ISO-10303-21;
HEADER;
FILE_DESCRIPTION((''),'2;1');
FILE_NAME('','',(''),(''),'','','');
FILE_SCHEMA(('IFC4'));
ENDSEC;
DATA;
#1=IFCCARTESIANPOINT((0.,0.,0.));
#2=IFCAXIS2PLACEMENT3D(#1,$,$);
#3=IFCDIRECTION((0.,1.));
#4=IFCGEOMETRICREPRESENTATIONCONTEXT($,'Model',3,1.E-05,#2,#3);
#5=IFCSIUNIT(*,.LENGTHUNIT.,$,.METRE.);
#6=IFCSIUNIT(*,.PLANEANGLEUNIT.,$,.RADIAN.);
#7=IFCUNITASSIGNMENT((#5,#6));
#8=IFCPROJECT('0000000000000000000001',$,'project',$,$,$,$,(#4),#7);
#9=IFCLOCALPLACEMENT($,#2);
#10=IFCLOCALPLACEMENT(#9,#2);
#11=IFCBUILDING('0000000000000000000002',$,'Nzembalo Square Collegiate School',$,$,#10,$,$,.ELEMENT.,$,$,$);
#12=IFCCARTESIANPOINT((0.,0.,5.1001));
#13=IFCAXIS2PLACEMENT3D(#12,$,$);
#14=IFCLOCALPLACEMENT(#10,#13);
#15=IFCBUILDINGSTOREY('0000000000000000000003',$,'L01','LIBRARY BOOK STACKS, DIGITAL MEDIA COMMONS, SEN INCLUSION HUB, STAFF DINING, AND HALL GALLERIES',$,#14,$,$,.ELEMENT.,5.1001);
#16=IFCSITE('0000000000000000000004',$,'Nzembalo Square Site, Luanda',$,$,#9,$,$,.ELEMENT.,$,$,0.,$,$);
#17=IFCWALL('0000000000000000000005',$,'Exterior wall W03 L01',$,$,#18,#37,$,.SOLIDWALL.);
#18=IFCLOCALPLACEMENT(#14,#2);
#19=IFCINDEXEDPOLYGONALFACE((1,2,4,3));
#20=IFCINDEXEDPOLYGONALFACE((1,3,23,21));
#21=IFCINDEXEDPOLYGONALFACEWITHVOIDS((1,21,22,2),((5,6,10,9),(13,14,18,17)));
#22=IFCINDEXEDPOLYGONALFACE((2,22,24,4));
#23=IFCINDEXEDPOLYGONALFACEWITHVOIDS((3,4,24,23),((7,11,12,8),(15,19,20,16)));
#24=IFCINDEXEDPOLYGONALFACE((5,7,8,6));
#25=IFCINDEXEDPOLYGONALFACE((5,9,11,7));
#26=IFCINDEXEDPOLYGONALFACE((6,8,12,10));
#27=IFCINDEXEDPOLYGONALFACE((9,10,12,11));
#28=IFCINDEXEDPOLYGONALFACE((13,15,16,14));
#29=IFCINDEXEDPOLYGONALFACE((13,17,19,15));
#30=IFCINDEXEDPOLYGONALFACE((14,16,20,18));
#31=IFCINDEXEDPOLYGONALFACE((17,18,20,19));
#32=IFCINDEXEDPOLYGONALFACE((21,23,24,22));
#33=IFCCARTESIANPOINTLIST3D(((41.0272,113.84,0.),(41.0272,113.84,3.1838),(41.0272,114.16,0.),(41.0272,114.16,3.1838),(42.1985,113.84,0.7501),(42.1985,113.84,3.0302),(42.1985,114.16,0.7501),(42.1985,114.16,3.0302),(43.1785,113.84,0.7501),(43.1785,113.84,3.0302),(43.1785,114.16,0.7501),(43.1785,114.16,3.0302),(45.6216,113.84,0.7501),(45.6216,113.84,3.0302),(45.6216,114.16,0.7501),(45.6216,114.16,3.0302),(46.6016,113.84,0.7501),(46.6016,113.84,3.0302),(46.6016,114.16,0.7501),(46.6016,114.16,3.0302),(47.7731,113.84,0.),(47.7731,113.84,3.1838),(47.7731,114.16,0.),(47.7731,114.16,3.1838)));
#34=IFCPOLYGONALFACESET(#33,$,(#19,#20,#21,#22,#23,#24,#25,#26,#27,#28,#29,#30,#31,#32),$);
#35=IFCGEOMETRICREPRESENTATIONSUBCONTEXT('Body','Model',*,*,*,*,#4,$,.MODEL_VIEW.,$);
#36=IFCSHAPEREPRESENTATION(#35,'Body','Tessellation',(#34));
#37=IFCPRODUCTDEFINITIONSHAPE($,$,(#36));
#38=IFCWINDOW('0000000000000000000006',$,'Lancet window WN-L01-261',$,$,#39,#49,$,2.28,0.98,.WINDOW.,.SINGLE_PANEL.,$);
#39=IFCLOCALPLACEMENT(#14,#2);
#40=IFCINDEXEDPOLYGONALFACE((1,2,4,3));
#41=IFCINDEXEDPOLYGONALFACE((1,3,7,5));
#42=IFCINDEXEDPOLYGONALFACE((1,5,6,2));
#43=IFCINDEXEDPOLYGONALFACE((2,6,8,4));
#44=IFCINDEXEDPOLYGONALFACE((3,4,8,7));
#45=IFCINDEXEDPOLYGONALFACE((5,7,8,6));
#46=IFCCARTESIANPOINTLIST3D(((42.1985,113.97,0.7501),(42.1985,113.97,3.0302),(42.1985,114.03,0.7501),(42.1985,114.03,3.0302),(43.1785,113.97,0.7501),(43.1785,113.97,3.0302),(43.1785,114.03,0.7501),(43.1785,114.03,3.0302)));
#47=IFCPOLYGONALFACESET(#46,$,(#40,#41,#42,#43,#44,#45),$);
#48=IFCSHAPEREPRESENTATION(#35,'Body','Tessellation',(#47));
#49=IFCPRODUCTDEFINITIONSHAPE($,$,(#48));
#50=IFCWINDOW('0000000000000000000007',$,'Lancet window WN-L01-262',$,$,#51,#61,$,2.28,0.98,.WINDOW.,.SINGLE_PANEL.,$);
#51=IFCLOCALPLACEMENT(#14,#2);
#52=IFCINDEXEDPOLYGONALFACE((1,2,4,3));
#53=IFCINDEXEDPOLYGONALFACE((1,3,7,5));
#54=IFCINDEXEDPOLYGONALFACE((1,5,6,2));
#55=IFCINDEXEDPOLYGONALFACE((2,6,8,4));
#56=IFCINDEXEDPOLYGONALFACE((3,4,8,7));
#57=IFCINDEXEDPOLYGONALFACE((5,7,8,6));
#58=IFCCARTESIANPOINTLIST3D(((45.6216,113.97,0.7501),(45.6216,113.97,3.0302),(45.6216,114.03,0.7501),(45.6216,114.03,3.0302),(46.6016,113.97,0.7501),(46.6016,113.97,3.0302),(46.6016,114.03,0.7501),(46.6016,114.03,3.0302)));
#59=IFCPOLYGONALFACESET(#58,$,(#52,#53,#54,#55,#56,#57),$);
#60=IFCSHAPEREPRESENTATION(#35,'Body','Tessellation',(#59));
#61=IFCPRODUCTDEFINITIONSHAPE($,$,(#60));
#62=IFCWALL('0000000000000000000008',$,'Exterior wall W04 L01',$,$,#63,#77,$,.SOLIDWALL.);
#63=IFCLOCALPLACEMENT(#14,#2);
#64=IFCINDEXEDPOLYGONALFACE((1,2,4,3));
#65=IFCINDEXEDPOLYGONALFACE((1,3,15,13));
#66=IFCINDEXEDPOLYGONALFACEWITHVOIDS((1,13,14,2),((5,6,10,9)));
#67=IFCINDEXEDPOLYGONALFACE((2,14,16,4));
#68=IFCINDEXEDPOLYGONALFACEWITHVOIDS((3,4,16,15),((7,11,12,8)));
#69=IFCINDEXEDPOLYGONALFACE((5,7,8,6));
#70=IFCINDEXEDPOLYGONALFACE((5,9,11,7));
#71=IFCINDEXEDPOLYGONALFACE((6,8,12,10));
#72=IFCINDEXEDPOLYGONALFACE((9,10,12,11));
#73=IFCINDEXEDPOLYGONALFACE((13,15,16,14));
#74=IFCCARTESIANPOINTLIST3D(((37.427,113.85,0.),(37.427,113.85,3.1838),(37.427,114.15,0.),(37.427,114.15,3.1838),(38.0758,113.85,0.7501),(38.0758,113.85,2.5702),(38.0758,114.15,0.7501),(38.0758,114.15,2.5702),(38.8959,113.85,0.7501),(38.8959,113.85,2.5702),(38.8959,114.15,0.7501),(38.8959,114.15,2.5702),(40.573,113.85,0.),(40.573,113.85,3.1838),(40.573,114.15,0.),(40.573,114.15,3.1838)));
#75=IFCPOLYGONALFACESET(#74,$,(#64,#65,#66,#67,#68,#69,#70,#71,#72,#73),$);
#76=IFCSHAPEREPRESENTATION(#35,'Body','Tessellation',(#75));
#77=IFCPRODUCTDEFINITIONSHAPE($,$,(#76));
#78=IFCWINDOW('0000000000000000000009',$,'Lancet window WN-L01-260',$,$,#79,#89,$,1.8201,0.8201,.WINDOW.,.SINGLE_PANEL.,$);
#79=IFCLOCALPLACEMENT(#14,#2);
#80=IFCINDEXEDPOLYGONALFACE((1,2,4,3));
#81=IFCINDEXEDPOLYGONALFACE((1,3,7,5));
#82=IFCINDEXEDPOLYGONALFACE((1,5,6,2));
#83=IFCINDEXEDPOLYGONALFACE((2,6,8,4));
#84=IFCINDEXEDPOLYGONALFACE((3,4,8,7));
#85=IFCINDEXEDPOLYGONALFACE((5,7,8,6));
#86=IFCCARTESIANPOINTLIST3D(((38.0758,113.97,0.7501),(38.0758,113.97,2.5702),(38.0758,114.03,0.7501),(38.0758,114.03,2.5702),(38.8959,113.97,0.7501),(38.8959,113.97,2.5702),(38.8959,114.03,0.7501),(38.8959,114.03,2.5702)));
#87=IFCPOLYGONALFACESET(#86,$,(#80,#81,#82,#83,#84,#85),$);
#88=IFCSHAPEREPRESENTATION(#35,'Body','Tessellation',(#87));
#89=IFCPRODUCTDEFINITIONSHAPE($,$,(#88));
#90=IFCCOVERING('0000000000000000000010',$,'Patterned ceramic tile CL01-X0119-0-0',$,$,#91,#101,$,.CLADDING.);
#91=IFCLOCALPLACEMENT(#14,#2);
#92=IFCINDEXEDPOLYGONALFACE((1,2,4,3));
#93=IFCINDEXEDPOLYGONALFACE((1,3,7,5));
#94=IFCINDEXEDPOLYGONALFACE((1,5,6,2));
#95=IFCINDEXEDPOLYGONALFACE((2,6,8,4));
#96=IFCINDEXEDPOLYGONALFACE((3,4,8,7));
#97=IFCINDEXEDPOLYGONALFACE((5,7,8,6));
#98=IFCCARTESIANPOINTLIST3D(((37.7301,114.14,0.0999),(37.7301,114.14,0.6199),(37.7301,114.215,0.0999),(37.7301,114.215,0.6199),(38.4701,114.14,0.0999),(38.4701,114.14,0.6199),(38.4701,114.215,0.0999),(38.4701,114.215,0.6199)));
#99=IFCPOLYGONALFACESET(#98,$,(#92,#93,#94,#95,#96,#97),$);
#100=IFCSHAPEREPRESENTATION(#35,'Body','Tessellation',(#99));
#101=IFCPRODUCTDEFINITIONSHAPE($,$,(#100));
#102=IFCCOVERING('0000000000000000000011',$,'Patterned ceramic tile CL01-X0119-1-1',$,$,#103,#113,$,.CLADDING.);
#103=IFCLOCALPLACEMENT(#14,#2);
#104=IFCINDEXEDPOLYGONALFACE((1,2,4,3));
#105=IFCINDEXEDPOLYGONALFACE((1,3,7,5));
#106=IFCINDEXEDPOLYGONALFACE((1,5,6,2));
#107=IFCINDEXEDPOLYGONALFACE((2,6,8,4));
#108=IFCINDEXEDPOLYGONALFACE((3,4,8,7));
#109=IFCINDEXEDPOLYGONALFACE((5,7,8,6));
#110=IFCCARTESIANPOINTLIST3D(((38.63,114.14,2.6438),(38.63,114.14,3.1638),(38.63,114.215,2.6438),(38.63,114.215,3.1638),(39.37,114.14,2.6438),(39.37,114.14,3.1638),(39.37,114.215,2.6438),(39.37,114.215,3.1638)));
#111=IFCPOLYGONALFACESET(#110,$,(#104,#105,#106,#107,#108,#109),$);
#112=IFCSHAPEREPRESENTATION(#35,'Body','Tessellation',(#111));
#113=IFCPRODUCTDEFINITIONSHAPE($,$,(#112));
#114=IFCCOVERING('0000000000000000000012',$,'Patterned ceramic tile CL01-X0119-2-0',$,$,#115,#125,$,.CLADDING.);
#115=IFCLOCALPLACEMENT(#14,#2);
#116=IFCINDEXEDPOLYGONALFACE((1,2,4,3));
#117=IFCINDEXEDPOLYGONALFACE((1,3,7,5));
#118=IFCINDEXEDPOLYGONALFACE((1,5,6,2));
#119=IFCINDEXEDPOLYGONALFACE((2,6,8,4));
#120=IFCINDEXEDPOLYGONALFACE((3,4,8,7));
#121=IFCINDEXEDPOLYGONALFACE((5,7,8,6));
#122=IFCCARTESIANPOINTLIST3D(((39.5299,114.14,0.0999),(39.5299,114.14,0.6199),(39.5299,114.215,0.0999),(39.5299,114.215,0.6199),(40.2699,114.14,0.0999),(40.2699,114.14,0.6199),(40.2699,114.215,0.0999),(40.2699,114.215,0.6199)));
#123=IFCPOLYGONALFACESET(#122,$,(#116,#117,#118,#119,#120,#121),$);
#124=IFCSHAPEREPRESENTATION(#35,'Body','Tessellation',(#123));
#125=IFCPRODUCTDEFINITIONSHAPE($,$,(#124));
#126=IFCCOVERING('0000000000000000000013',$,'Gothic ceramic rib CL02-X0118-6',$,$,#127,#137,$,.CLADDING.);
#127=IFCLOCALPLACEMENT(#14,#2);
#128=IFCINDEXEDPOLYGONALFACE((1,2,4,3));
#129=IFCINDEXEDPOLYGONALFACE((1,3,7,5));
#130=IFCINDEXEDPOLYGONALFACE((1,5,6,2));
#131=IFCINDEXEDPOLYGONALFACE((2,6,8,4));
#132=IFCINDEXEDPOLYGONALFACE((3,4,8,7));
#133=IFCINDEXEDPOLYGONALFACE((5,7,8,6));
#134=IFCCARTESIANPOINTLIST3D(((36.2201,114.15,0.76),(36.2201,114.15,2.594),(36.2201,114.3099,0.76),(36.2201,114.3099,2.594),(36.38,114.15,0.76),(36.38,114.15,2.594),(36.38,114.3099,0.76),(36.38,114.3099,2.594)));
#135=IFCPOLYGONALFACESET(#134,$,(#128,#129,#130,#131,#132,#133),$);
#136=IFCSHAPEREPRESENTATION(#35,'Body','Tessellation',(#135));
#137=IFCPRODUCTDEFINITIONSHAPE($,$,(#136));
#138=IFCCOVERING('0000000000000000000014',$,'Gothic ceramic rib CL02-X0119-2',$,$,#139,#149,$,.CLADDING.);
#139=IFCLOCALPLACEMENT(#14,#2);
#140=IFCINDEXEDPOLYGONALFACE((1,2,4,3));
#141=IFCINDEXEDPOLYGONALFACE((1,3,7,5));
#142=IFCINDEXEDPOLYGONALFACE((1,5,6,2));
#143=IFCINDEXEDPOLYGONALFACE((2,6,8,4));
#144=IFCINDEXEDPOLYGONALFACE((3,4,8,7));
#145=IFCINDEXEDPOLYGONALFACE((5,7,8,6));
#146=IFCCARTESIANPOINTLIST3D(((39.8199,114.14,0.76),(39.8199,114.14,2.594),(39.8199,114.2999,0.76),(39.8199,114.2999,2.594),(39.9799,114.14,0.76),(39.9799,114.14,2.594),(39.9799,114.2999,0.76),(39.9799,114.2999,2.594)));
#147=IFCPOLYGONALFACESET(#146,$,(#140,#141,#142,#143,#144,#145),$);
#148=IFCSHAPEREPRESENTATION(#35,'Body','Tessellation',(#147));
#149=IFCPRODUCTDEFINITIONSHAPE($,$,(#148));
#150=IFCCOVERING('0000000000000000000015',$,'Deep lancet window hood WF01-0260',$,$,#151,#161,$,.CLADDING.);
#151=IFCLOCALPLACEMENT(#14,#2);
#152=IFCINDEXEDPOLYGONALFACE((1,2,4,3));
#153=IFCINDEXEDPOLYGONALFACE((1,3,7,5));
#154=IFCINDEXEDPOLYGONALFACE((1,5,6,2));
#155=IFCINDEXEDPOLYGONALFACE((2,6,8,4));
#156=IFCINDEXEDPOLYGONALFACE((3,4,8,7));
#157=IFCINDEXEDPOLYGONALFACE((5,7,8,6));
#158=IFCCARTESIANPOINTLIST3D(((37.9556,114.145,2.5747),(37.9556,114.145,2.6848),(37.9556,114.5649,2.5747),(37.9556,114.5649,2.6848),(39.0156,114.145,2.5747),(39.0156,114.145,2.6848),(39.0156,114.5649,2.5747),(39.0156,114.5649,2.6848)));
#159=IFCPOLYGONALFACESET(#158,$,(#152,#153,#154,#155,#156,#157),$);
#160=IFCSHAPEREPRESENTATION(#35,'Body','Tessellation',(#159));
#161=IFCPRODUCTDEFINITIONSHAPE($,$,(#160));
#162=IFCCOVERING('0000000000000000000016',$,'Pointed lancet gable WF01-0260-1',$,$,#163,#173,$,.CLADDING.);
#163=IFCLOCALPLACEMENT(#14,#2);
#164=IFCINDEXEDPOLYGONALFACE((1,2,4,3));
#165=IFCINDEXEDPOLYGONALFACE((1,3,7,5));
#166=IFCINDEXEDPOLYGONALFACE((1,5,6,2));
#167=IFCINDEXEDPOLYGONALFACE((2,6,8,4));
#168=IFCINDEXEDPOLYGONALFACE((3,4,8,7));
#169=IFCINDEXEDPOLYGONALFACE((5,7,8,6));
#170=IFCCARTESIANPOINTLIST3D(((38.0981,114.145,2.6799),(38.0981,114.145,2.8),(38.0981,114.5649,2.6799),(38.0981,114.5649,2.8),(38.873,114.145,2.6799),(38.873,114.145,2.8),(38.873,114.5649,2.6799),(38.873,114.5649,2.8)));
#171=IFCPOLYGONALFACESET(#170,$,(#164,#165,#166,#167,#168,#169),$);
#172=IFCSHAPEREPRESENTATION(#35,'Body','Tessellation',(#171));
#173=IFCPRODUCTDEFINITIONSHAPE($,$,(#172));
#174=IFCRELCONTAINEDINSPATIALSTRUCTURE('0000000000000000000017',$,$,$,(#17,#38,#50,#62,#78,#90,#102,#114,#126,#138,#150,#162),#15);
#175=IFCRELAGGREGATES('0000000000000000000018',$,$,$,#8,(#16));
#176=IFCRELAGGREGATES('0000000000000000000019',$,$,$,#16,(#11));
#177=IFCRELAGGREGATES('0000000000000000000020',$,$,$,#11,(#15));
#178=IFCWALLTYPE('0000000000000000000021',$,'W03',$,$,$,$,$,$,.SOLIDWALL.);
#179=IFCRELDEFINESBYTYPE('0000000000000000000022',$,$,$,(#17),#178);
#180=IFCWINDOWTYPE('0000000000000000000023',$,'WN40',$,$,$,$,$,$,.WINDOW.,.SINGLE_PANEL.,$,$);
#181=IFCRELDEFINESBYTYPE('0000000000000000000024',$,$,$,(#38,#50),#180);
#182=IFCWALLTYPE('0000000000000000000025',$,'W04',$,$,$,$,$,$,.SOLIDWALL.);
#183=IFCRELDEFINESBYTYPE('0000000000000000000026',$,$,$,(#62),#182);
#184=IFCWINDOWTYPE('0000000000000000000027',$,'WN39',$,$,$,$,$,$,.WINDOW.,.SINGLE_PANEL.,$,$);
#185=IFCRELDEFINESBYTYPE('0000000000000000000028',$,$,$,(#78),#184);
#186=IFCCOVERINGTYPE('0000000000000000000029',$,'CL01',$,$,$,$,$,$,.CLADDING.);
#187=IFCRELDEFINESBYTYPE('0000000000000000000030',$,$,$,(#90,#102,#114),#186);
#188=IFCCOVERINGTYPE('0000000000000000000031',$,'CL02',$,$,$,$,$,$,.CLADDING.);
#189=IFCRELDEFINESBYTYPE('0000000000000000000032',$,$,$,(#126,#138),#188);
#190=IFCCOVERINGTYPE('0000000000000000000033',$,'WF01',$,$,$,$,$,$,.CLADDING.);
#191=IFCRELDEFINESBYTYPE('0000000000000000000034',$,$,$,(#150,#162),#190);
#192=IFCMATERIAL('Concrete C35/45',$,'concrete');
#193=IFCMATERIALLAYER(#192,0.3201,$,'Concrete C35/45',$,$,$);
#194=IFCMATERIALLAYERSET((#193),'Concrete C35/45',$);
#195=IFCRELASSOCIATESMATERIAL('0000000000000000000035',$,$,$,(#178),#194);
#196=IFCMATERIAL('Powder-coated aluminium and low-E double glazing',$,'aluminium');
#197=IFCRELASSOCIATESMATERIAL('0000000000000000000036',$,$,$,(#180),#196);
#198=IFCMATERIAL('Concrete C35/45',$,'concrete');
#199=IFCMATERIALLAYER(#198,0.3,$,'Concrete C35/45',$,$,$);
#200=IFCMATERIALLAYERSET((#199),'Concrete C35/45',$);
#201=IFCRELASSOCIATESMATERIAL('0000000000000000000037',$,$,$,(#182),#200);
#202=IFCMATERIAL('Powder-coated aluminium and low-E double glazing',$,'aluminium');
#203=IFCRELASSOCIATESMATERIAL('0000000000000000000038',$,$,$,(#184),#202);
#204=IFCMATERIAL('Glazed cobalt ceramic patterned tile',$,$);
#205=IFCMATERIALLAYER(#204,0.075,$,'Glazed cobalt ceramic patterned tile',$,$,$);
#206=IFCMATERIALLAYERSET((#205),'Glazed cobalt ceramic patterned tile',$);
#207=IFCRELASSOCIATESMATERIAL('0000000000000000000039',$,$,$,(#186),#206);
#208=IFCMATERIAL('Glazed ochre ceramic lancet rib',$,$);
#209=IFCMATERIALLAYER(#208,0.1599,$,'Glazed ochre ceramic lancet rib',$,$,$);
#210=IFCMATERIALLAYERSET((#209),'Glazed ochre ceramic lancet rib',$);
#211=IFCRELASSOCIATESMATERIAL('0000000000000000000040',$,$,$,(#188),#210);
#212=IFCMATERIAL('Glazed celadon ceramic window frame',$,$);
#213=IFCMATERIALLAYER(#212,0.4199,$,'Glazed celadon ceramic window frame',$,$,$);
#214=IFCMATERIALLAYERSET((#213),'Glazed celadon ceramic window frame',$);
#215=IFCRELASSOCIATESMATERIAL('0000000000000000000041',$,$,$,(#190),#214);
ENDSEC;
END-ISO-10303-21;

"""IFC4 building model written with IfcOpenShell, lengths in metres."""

from ifc_helpers import new_model, si_unit, direction, frame, frame_2d, origin, origin_2d, place, context, subcontext, project, spatial, rectangle, extrude, material, layer, layer_set, type_object, element, fill, save


model = new_model("IFC4")

# Units and contexts
model_context = context("Model", 3, precision=1e-05, world=origin(), true_north=direction((0.0, 1.0)))
body_context = subcontext(model_context, "Body", "Model", "MODEL_VIEW")
ifc_project = project(units=[si_unit("LENGTHUNIT", "METRE"), si_unit("PLANEANGLEUNIT", "RADIAN")], contexts=[model_context])

# Site, building, storey
site_placement = place(None, origin())
site = spatial("IfcSite", under=ifc_project, at=site_placement, Name="Nzembalo Square Site, Luanda", CompositionType="ELEMENT", RefElevation=0.0)
building_placement = place(site_placement, origin())
building = spatial("IfcBuilding", under=site, at=building_placement, Name="Nzembalo Square Collegiate School", CompositionType="ELEMENT")
storey_placement = place(building_placement, frame((0.0, 0.0, 5.1001)))
storey = spatial("IfcBuildingStorey", under=building, at=storey_placement, Name="L01", Description="LIBRARY BOOK STACKS, DIGITAL MEDIA COMMONS, SEN INCLUSION HUB, STAFF DINING, AND HALL GALLERIES", CompositionType="ELEMENT", Elevation=5.1001)

# Wall, openings, windows
ifc_material_1 = material(Name="Concrete C35/45", Category="concrete")
ifc_layer_1 = layer(ifc_material_1, 0.3201, Name="Concrete C35/45")
ifc_layer_set_1 = layer_set([ifc_layer_1], Name="Concrete C35/45")
wall_type_1 = type_object("IfcWallType", Name="W03", PredefinedType="SOLIDWALL", material=ifc_layer_set_1)
wall_1_placement = place(storey_placement, frame((41.0271, 114.0, 0.0), z_axis=(0.0, 0.0, 1.0), x_axis=(1.0, 0.0, 0.0)))
wall_1 = element("IfcWall", 1, at=wall_1_placement, inside=storey, type_object=wall_type_1, Name="Exterior wall W03 L01", PredefinedType="SOLIDWALL", context=body_context, shape_type="SweptSolid", body=[
    extrude(rectangle(XDim=6.7458, YDim=0.3201, at=frame_2d((3.373, 0.0))), origin(), (0.0, 0.0, 1.0), 3.1838),
])
opening_1_placement = place(wall_1_placement, frame((1.1714, 0.0, 0.75)))
opening_1 = element("IfcOpeningElement", 2, at=opening_1_placement, cuts=wall_1, PredefinedType="OPENING", context=body_context, shape_type="SweptSolid", body=[
    extrude(rectangle(XDim=0.98, YDim=2.28, at=frame_2d((0.49, 1.1401))), frame((0.0, 0.1699, 0.0), z_axis=(0.0, -1.0, 0.0), x_axis=(1.0, 0.0, 0.0)), (0.0, 0.0, 1.0), 0.3401),
])
opening_2_placement = place(wall_1_placement, frame((4.5945, 0.0, 0.75)))
opening_2 = element("IfcOpeningElement", 3, at=opening_2_placement, cuts=wall_1, PredefinedType="OPENING", context=body_context, shape_type="SweptSolid", body=[
    extrude(rectangle(XDim=0.98, YDim=2.28, at=frame_2d((0.49, 1.1401))), frame((0.0, 0.1699, 0.0), z_axis=(0.0, -1.0, 0.0), x_axis=(1.0, 0.0, 0.0)), (0.0, 0.0, 1.0), 0.3401),
])
ifc_material_2 = material(Name="Powder-coated aluminium and low-E double glazing", Category="aluminium")
window_type_1 = type_object("IfcWindowType", Name="WN40", PartitioningType="SINGLE_PANEL", PredefinedType="WINDOW", material=ifc_material_2)
window_1_placement = place(opening_1_placement, origin())
window_1 = element("IfcWindow", 4, at=window_1_placement, inside=storey, type_object=window_type_1, Name="Lancet window WN-L01-261", OverallHeight=2.28, OverallWidth=0.98, PartitioningType="SINGLE_PANEL", PredefinedType="WINDOW", context=body_context, shape_type="SweptSolid", body=[
    extrude(rectangle(XDim=0.98, YDim=2.28, at=frame_2d((0.49, 1.1401))), frame((0.0, 0.03, 0.0), z_axis=(0.0, -1.0, 0.0), x_axis=(1.0, 0.0, 0.0)), (0.0, 0.0, 1.0), 0.0601),
])
fill(opening_1, window_1)
window_2_placement = place(opening_2_placement, origin())
window_2 = element("IfcWindow", 5, at=window_2_placement, inside=storey, type_object=window_type_1, Name="Lancet window WN-L01-262", OverallHeight=2.28, OverallWidth=0.98, PartitioningType="SINGLE_PANEL", PredefinedType="WINDOW", context=body_context, shape_type="SweptSolid", body=[
    extrude(rectangle(XDim=0.98, YDim=2.28, at=frame_2d((0.49, 1.1401))), frame((0.0, 0.03, 0.0), z_axis=(0.0, -1.0, 0.0), x_axis=(1.0, 0.0, 0.0)), (0.0, 0.0, 1.0), 0.0601),
])
fill(opening_2, window_2)

# Wall, opening, window
ifc_material_3 = material(Name="Concrete C35/45", Category="concrete")
ifc_layer_2 = layer(ifc_material_3, 0.3, Name="Concrete C35/45")
ifc_layer_set_2 = layer_set([ifc_layer_2], Name="Concrete C35/45")
wall_type_2 = type_object("IfcWallType", Name="W04", PredefinedType="SOLIDWALL", material=ifc_layer_set_2)
wall_2_placement = place(storey_placement, frame((37.427, 114.0, 0.0), z_axis=(0.0, 0.0, 1.0), x_axis=(1.0, 0.0, 0.0)))
wall_2 = element("IfcWall", 6, at=wall_2_placement, inside=storey, type_object=wall_type_2, Name="Exterior wall W04 L01", PredefinedType="SOLIDWALL", context=body_context, shape_type="SweptSolid", body=[
    extrude(rectangle(XDim=3.146, YDim=0.3, at=frame_2d((1.573, 0.0))), origin(), (0.0, 0.0, 1.0), 3.1838),
])
opening_3_placement = place(wall_2_placement, frame((0.6487, 0.0, 0.75)))
opening_3 = element("IfcOpeningElement", 7, at=opening_3_placement, cuts=wall_2, PredefinedType="OPENING", context=body_context, shape_type="SweptSolid", body=[
    extrude(rectangle(XDim=0.8201, YDim=1.8201, at=frame_2d((0.4102, 0.9102))), frame((0.0, 0.1602, 0.0), z_axis=(0.0, -1.0, 0.0), x_axis=(1.0, 0.0, 0.0)), (0.0, 0.0, 1.0), 0.3201),
])
ifc_material_4 = material(Name="Powder-coated aluminium and low-E double glazing", Category="aluminium")
window_type_2 = type_object("IfcWindowType", Name="WN39", PartitioningType="SINGLE_PANEL", PredefinedType="WINDOW", material=ifc_material_4)
window_3_placement = place(opening_3_placement, origin())
window_3 = element("IfcWindow", 8, at=window_3_placement, inside=storey, type_object=window_type_2, Name="Lancet window WN-L01-260", OverallHeight=1.8201, OverallWidth=0.8201, PartitioningType="SINGLE_PANEL", PredefinedType="WINDOW", context=body_context, shape_type="SweptSolid", body=[
    extrude(rectangle(XDim=0.8201, YDim=1.8201, at=frame_2d((0.4102, 0.9102))), frame((0.0, 0.03, 0.0), z_axis=(0.0, -1.0, 0.0), x_axis=(1.0, 0.0, 0.0)), (0.0, 0.0, 1.0), 0.0601),
])
fill(opening_3, window_3)

# Coverings
ifc_material_5 = material(Name="Glazed cobalt ceramic patterned tile")
ifc_layer_3 = layer(ifc_material_5, 0.075, Name="Glazed cobalt ceramic patterned tile")
ifc_layer_set_3 = layer_set([ifc_layer_3], Name="Glazed cobalt ceramic patterned tile")
covering_type_1 = type_object("IfcCoveringType", Name="CL01", PredefinedType="CLADDING", material=ifc_layer_set_3)
for number, where, z_axis, x_axis, name in (
    (9, (38.1001, 114.1775, 0.0999), (0.0, 0.0, 1.0), (1.0, 0.0, 0.0), "Patterned ceramic tile CL01-X0119-0-0"),
    (10, (39.0, 114.1775, 2.6438), (0.0, 0.0, 1.0), (1.0, 0.0, 0.0), "Patterned ceramic tile CL01-X0119-1-1"),
    (11, (39.8999, 114.1775, 0.0999), (0.0, 0.0, 1.0), (1.0, 0.0, 0.0), "Patterned ceramic tile CL01-X0119-2-0"),
):
    element("IfcCovering", number, at=place(storey_placement, frame(where, z_axis=z_axis, x_axis=x_axis)), inside=storey, type_object=covering_type_1, Name=name, PredefinedType="CLADDING", context=body_context, shape_type="SweptSolid", body=[
        extrude(rectangle(XDim=0.74, YDim=0.075, at=origin_2d()), origin(), (0.0, 0.0, 1.0), 0.52),
    ])
ifc_material_6 = material(Name="Glazed ochre ceramic lancet rib")
ifc_layer_4 = layer(ifc_material_6, 0.1599, Name="Glazed ochre ceramic lancet rib")
ifc_layer_set_4 = layer_set([ifc_layer_4], Name="Glazed ochre ceramic lancet rib")
covering_type_2 = type_object("IfcCoveringType", Name="CL02", PredefinedType="CLADDING", material=ifc_layer_set_4)
for number, where, z_axis, x_axis, name in (
    (12, (36.3, 114.23, 0.76), (0.0, 0.0, 1.0), (1.0, 0.0, 0.0), "Gothic ceramic rib CL02-X0118-6"),
    (13, (39.8999, 114.22, 0.76), (0.0, 0.0, 1.0), (1.0, 0.0, 0.0), "Gothic ceramic rib CL02-X0119-2"),
):
    element("IfcCovering", number, at=place(storey_placement, frame(where, z_axis=z_axis, x_axis=x_axis)), inside=storey, type_object=covering_type_2, Name=name, PredefinedType="CLADDING", context=body_context, shape_type="SweptSolid", body=[
        extrude(rectangle(XDim=0.1599, YDim=0.1599, at=origin_2d()), origin(), (0.0, 0.0, 1.0), 1.834),
    ])
ifc_material_7 = material(Name="Glazed celadon ceramic window frame")
ifc_layer_5 = layer(ifc_material_7, 0.4199, Name="Glazed celadon ceramic window frame")
ifc_layer_set_5 = layer_set([ifc_layer_5], Name="Glazed celadon ceramic window frame")
covering_type_3 = type_object("IfcCoveringType", Name="WF01", PredefinedType="CLADDING", material=ifc_layer_set_5)
covering_1_placement = place(storey_placement, frame((38.4856, 114.355, 2.5747), z_axis=(0.0, 0.0, 1.0), x_axis=(1.0, 0.0, 0.0)))
element("IfcCovering", 14, at=covering_1_placement, inside=storey, type_object=covering_type_3, Name="Deep lancet window hood WF01-0260", PredefinedType="CLADDING", context=body_context, shape_type="SweptSolid", body=[
    extrude(rectangle(XDim=1.0601, YDim=0.4199, at=origin_2d()), origin(), (0.0, 0.0, 1.0), 0.1101),
])
covering_2_placement = place(storey_placement, frame((38.4856, 114.355, 2.6799), z_axis=(0.0, 0.0, 1.0), x_axis=(1.0, 0.0, 0.0)))
element("IfcCovering", 15, at=covering_2_placement, inside=storey, type_object=covering_type_3, Name="Pointed lancet gable WF01-0260-1", PredefinedType="CLADDING", context=body_context, shape_type="SweptSolid", body=[
    extrude(rectangle(XDim=0.7749, YDim=0.4199, at=origin_2d()), origin(), (0.0, 0.0, 1.0), 0.1201),
])

save(model, "model.ifc")
